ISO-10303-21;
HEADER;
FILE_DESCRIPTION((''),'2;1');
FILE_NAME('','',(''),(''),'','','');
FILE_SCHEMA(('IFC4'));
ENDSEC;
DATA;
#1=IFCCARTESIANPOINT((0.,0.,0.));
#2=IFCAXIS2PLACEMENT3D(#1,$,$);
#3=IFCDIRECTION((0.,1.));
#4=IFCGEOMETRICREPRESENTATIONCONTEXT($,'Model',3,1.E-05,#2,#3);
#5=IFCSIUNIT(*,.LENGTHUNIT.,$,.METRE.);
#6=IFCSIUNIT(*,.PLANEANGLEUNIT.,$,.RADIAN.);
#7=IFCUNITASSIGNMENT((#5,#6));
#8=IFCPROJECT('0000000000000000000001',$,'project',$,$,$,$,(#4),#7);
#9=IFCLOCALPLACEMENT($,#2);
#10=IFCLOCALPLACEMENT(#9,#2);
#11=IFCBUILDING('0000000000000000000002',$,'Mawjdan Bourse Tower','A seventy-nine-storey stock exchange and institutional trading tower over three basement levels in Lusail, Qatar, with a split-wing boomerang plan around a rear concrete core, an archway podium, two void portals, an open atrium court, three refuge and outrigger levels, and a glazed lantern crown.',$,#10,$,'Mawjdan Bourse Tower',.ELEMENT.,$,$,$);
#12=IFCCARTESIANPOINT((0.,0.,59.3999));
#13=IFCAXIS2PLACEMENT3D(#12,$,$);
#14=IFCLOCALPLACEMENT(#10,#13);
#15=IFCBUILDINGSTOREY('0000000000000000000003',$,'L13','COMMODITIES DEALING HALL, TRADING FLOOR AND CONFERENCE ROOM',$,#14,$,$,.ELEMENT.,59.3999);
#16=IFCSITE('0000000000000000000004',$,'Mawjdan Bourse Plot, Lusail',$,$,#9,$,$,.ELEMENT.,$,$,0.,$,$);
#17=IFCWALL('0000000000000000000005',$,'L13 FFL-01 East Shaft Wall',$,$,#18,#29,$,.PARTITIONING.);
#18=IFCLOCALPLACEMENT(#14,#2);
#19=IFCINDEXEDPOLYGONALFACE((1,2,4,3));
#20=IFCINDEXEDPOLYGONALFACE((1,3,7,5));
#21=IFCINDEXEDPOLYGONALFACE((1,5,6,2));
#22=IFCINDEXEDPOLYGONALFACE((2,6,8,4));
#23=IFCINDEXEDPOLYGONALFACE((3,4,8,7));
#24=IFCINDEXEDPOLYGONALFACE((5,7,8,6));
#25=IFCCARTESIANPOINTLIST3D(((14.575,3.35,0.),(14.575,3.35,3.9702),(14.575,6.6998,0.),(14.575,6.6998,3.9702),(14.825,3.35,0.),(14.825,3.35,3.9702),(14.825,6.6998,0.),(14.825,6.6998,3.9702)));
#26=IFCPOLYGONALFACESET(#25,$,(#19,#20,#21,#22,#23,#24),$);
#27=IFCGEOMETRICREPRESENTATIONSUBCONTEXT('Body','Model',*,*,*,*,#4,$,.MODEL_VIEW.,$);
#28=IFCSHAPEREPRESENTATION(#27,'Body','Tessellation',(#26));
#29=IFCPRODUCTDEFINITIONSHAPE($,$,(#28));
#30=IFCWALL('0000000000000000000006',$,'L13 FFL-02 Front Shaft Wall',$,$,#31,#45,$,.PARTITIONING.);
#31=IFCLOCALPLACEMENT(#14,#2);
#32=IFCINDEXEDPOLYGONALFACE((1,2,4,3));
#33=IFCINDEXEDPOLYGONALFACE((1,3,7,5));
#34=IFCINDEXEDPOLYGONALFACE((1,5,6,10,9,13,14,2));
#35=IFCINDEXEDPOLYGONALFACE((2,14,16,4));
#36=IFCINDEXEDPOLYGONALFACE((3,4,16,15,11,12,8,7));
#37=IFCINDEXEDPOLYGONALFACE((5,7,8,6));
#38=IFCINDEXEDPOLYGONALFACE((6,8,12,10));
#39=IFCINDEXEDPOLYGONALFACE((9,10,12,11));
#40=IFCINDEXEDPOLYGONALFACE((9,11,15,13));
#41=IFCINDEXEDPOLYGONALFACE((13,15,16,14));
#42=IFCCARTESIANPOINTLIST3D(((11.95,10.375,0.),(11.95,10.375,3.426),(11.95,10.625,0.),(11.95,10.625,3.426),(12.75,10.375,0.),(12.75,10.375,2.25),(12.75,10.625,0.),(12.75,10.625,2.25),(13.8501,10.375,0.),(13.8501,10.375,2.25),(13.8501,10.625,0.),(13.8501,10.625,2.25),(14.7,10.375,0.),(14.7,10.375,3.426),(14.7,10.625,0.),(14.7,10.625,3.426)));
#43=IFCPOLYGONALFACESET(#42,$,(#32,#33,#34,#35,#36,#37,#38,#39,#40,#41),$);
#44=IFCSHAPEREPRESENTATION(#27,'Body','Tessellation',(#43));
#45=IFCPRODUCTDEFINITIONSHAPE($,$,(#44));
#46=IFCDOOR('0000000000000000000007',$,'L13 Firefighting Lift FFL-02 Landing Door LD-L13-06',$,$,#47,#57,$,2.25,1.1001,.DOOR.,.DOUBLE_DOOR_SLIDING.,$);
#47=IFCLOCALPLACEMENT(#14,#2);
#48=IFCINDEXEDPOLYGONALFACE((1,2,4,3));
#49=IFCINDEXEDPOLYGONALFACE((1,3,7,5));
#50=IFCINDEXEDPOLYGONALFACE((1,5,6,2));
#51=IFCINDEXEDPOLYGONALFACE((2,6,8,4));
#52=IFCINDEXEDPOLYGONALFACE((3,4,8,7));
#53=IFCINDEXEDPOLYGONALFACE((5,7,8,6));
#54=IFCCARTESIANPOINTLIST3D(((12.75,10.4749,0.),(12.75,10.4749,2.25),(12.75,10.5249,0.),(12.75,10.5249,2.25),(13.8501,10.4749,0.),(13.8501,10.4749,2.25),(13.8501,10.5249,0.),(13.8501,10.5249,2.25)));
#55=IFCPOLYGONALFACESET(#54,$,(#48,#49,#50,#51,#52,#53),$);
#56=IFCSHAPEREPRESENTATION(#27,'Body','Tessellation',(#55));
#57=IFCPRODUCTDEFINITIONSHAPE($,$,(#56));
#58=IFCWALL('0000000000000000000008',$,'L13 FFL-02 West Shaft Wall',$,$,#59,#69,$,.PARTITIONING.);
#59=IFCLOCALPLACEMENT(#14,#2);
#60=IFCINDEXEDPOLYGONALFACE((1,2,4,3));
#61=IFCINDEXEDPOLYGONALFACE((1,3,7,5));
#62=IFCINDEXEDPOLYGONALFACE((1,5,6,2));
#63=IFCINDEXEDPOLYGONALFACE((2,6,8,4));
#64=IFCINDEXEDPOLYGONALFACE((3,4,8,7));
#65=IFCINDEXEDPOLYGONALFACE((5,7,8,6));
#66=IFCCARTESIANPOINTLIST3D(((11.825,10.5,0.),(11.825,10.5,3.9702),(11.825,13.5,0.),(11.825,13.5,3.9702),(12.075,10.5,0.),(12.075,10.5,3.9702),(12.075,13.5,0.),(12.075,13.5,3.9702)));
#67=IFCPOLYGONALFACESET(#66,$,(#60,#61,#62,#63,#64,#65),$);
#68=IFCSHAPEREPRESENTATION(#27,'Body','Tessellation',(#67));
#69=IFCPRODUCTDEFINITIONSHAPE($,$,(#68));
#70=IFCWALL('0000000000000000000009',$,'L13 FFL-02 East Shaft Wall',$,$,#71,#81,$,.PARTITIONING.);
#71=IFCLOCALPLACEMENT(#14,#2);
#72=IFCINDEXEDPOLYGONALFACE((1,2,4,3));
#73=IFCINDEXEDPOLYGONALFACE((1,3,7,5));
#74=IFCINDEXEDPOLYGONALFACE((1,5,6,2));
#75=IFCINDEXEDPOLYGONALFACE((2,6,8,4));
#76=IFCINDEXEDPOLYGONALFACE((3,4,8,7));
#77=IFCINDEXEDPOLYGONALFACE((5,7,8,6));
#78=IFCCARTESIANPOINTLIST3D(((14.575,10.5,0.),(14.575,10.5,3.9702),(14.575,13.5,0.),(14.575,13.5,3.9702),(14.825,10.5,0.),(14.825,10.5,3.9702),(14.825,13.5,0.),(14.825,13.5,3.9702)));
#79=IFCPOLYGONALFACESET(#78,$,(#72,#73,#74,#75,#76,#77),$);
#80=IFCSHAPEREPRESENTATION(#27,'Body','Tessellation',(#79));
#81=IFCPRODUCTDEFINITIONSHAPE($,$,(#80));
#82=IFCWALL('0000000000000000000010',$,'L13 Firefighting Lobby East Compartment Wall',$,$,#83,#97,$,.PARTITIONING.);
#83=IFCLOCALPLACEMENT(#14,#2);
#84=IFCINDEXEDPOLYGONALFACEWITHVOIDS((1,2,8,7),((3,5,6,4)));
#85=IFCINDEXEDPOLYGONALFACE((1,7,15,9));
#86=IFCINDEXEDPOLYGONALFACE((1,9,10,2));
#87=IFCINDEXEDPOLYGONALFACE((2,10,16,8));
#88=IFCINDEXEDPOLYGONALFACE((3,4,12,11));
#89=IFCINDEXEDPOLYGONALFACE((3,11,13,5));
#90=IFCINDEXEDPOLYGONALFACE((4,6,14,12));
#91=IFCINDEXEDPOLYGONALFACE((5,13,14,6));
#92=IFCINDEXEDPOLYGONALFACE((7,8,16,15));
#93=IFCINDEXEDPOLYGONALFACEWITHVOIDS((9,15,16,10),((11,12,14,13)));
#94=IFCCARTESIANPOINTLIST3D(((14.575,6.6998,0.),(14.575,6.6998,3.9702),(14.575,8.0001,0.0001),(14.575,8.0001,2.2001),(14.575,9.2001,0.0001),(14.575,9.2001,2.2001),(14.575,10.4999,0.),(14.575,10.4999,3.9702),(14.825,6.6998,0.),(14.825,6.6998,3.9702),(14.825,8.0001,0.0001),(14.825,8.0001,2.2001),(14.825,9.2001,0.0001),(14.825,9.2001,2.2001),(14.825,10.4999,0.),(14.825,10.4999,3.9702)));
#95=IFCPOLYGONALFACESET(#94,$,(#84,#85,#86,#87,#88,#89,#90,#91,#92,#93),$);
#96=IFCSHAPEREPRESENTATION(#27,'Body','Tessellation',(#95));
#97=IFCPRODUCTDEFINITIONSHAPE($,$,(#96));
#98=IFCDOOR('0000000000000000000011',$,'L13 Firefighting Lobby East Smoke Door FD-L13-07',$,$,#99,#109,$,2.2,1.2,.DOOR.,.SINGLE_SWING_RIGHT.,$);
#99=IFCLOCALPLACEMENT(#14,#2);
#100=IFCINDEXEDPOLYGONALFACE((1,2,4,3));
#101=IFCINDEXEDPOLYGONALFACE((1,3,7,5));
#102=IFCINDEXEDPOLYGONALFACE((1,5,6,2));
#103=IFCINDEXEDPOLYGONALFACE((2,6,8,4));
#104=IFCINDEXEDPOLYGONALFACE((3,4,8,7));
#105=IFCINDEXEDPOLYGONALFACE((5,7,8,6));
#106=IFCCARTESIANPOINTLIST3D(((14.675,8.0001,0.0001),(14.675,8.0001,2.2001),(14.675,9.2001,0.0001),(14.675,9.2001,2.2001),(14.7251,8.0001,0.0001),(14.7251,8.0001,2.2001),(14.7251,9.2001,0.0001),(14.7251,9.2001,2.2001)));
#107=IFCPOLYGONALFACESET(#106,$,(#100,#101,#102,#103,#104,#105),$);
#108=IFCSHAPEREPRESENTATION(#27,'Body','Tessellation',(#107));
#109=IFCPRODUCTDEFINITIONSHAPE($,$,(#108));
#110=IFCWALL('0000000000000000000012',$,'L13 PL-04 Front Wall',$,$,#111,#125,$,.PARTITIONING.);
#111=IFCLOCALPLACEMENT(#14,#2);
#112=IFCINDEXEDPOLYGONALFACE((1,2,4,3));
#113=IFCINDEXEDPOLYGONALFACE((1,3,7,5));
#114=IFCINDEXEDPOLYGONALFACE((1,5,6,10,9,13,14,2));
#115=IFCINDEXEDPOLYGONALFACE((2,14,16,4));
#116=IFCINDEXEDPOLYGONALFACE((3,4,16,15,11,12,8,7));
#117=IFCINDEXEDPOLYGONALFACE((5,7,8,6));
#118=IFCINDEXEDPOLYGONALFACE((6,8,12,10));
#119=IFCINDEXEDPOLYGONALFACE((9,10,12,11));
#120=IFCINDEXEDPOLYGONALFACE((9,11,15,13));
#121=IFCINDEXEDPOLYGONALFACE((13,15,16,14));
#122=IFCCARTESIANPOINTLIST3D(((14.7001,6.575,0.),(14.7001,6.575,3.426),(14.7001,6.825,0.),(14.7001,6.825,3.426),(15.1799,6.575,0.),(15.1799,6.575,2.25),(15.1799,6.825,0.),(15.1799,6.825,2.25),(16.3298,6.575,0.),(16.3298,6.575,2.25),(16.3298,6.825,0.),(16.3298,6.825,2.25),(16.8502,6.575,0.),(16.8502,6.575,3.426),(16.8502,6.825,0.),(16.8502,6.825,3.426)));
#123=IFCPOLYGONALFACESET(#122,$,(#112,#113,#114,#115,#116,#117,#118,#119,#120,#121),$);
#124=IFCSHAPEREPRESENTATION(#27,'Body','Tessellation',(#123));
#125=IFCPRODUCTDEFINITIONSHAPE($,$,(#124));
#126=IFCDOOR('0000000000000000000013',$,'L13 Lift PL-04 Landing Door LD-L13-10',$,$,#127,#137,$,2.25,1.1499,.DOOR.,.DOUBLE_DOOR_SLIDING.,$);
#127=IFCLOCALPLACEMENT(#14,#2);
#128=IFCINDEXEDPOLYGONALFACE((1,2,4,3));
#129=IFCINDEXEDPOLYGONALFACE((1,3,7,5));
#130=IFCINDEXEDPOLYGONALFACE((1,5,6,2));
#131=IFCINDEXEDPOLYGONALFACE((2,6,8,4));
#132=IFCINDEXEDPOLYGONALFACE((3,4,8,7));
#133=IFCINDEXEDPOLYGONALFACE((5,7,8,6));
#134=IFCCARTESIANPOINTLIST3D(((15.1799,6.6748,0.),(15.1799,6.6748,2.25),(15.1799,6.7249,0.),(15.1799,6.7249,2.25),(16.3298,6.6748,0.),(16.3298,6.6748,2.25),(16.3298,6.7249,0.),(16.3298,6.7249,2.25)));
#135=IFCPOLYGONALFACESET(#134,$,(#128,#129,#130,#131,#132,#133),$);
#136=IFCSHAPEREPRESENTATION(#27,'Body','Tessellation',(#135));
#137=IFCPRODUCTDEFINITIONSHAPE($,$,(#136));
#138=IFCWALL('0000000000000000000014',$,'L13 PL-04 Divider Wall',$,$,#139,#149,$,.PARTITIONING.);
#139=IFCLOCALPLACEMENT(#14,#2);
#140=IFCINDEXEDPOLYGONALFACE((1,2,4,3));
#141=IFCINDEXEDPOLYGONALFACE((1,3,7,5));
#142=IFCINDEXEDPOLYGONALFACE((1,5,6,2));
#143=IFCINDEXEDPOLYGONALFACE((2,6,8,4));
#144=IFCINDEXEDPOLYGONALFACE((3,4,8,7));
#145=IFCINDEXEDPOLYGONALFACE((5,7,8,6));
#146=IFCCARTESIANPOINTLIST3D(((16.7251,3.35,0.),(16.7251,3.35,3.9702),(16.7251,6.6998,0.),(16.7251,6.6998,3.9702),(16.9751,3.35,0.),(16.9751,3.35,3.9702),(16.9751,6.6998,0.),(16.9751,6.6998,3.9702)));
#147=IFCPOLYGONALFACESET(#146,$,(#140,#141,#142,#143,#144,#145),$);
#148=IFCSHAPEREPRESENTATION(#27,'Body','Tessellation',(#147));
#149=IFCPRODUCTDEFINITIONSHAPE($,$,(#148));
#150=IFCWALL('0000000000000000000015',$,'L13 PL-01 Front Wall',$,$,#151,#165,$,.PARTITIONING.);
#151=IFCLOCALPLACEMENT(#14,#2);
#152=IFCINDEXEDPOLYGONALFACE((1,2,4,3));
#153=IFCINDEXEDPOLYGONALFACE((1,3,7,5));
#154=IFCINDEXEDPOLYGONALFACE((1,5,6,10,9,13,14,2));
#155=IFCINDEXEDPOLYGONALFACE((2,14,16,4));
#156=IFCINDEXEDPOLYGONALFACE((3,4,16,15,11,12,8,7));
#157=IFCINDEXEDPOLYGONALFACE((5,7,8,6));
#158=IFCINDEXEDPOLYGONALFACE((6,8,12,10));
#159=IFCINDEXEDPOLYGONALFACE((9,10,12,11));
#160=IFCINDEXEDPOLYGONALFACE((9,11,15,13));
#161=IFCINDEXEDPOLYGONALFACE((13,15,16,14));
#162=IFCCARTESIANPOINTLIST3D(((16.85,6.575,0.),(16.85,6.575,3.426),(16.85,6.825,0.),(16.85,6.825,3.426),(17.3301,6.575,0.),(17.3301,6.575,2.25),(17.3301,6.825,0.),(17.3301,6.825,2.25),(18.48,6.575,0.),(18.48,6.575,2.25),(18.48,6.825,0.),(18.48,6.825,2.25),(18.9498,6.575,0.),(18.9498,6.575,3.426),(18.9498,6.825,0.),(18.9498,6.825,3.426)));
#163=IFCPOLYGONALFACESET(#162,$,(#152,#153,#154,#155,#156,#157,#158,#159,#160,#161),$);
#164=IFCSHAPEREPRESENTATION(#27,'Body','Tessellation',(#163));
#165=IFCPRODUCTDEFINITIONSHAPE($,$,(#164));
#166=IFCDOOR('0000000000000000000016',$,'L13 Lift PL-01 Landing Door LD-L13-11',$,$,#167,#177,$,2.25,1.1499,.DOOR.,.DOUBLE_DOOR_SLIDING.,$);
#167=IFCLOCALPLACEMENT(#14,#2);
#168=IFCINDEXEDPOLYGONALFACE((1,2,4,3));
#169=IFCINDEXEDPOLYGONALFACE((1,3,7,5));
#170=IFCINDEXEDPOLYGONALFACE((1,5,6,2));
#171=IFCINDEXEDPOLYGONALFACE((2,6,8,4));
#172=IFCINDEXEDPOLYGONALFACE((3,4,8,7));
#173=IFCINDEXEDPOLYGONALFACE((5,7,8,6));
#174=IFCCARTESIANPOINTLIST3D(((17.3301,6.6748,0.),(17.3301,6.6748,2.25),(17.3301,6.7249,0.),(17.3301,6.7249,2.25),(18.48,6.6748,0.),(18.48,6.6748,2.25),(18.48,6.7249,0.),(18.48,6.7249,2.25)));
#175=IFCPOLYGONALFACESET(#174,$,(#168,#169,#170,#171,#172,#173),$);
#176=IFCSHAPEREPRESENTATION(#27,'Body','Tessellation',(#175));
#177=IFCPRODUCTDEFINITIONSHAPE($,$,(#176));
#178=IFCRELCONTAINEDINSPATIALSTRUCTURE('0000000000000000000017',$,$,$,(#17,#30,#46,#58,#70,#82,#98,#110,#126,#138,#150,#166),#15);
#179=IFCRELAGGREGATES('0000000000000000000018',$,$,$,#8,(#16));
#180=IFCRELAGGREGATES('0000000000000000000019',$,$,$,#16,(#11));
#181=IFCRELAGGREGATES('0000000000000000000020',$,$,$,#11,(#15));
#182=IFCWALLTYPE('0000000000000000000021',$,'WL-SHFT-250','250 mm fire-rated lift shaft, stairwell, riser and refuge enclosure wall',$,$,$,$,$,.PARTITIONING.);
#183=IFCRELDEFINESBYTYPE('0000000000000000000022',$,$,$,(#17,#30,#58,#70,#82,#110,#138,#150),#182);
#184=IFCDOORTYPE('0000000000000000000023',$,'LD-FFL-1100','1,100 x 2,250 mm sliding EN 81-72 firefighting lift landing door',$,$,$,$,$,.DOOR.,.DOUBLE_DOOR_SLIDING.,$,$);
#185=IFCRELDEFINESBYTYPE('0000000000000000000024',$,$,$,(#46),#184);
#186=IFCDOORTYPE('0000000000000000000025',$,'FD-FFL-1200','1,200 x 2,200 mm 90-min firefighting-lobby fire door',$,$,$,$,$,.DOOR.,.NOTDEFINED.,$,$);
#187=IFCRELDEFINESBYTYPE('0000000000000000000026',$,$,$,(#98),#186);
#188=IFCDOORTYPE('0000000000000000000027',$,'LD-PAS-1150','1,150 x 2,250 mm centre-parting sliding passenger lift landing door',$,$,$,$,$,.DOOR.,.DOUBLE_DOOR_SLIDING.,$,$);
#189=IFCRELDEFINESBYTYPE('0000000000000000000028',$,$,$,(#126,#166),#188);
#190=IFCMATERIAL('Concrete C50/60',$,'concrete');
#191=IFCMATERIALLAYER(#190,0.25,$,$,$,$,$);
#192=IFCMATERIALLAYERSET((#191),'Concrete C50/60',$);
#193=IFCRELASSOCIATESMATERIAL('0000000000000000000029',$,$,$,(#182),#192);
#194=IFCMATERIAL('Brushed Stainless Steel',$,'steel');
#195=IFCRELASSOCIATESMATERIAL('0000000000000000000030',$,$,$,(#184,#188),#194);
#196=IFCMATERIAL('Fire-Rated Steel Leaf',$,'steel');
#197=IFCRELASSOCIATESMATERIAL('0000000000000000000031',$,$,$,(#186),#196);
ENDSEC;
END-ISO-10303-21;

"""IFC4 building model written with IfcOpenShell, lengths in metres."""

from ifc_helpers import new_model, si_unit, direction, frame, frame_2d, origin, place, context, subcontext, project, spatial, rectangle, extrude, material, layer, layer_set, type_object, element, fill, save


model = new_model("IFC4")

# Units and contexts
model_context = context("Model", 3, precision=1e-05, world=origin(), true_north=direction((0.0, 1.0)))
body_context = subcontext(model_context, "Body", "Model", "MODEL_VIEW")
ifc_project = project(units=[si_unit("LENGTHUNIT", "METRE"), si_unit("PLANEANGLEUNIT", "RADIAN")], contexts=[model_context])

# Site, building, storey
site_placement = place(None, origin())
site = spatial("IfcSite", under=ifc_project, at=site_placement, Name="Mawjdan Bourse Plot, Lusail", CompositionType="ELEMENT", RefElevation=0.0)
building_placement = place(site_placement, origin())
building = spatial("IfcBuilding", under=site, at=building_placement, Name="Mawjdan Bourse Tower", Description="A seventy-nine-storey stock exchange and institutional trading tower over three basement levels in Lusail, Qatar, with a split-wing boomerang plan around a rear concrete core, an archway podium, two void portals, an open atrium court, three refuge and outrigger levels, and a glazed lantern crown.", LongName="Mawjdan Bourse Tower", CompositionType="ELEMENT")
storey_placement = place(building_placement, frame((0.0, 0.0, 59.3999)))
storey = spatial("IfcBuildingStorey", under=building, at=storey_placement, Name="L13", Description="COMMODITIES DEALING HALL, TRADING FLOOR AND CONFERENCE ROOM", CompositionType="ELEMENT", Elevation=59.3999)

# Shared definitions
ifc_material_1 = material(Name="Concrete C50/60", Category="concrete")
ifc_layer = layer(ifc_material_1, 0.25)
ifc_layer_set = layer_set([ifc_layer], Name="Concrete C50/60")
wall_type = type_object("IfcWallType", Name="WL-SHFT-250", Description="250 mm fire-rated lift shaft, stairwell, riser and refuge enclosure wall", PredefinedType="PARTITIONING", material=ifc_layer_set)

# Shared definitions
ifc_material_2 = material(Name="Brushed Stainless Steel", Category="steel")
door_type_1 = type_object("IfcDoorType", Name="LD-FFL-1100", Description="1,100 x 2,250 mm sliding EN 81-72 firefighting lift landing door", OperationType="DOUBLE_DOOR_SLIDING", PredefinedType="DOOR", material=ifc_material_2)

# Wall
wall_1_placement = place(storey_placement, frame((14.7, 3.3501, 0.0), z_axis=(0.0, 0.0, 1.0), x_axis=(0.0, 1.0, 0.0)))
element("IfcWall", 1, at=wall_1_placement, inside=storey, type_object=wall_type, Name="L13 FFL-01 East Shaft Wall", PredefinedType="PARTITIONING", context=body_context, shape_type="SweptSolid", body=[
    extrude(rectangle(XDim=3.3499, YDim=0.25, at=frame_2d((1.6748, 0.0))), origin(), (0.0, 0.0, 1.0), 3.9702),
])

# Wall, opening, door
wall_2_placement = place(storey_placement, frame((11.95, 10.5, 0.0), z_axis=(0.0, 0.0, 1.0), x_axis=(1.0, 0.0, 0.0)))
wall_2 = element("IfcWall", 2, at=wall_2_placement, inside=storey, type_object=wall_type, Name="L13 FFL-02 Front Shaft Wall", PredefinedType="PARTITIONING", context=body_context, shape_type="SweptSolid", body=[
    extrude(rectangle(XDim=2.75, YDim=0.25, at=frame_2d((1.375, 0.0))), origin(), (0.0, 0.0, 1.0), 3.426),
])
opening_1_placement = place(wall_2_placement, frame((0.8, 0.0, 0.0)))
opening_1 = element("IfcOpeningElement", 3, at=opening_1_placement, cuts=wall_2, PredefinedType="OPENING", context=body_context, shape_type="SweptSolid", body=[
    extrude(rectangle(XDim=1.1001, YDim=2.25, at=frame_2d((0.55, 1.125))), frame((0.0, 0.135, 0.0), z_axis=(0.0, -1.0, 0.0), x_axis=(1.0, 0.0, 0.0)), (0.0, 0.0, 1.0), 0.27),
])
door_1_placement = place(opening_1_placement, origin())
door_1 = element("IfcDoor", 4, at=door_1_placement, inside=storey, type_object=door_type_1, Name="L13 Firefighting Lift FFL-02 Landing Door LD-L13-06", OperationType="DOUBLE_DOOR_SLIDING", OverallHeight=2.25, OverallWidth=1.1001, PredefinedType="DOOR", context=body_context, shape_type="SweptSolid", body=[
    extrude(rectangle(XDim=1.1001, YDim=2.25, at=frame_2d((0.55, 1.125))), frame((0.0, 0.0249, 0.0), z_axis=(0.0, -1.0, 0.0), x_axis=(1.0, 0.0, 0.0)), (0.0, 0.0, 1.0), 0.05),
])
fill(opening_1, door_1)

# Walls
for number, where, z_axis, x_axis, name in (
    (5, (11.95, 10.5, 0.0), (0.0, 0.0, 1.0), (0.0, 1.0, 0.0), "L13 FFL-02 West Shaft Wall"),
    (6, (14.7, 10.5, 0.0), (0.0, 0.0, 1.0), (0.0, 1.0, 0.0), "L13 FFL-02 East Shaft Wall"),
):
    element("IfcWall", number, at=place(storey_placement, frame(where, z_axis=z_axis, x_axis=x_axis)), inside=storey, type_object=wall_type, Name=name, PredefinedType="PARTITIONING", context=body_context, shape_type="SweptSolid", body=[
        extrude(rectangle(XDim=3.0, YDim=0.25, at=frame_2d((1.5, 0.0))), origin(), (0.0, 0.0, 1.0), 3.9702),
    ])

# Walls, openings, doors
wall_3_placement = place(storey_placement, frame((14.7, 6.7, 0.0), z_axis=(0.0, 0.0, 1.0), x_axis=(0.0, 1.0, 0.0)))
wall_3 = element("IfcWall", 7, at=wall_3_placement, inside=storey, type_object=wall_type, Name="L13 Firefighting Lobby East Compartment Wall", PredefinedType="PARTITIONING", context=body_context, shape_type="SweptSolid", body=[
    extrude(rectangle(XDim=3.8, YDim=0.25, at=frame_2d((1.8999, 0.0))), origin(), (0.0, 0.0, 1.0), 3.9702),
])
opening_2_placement = place(wall_3_placement, frame((1.3, 0.0, 0.0)))
opening_2 = element("IfcOpeningElement", 8, at=opening_2_placement, cuts=wall_3, PredefinedType="OPENING", context=body_context, shape_type="SweptSolid", body=[
    extrude(rectangle(XDim=1.2, YDim=2.2, at=frame_2d((0.6001, 1.1001))), frame((0.0, 0.135, 0.0), z_axis=(0.0, -1.0, 0.0), x_axis=(1.0, 0.0, 0.0)), (0.0, 0.0, 1.0), 0.27),
])
ifc_material_3 = material(Name="Fire-Rated Steel Leaf", Category="steel")
door_type_2 = type_object("IfcDoorType", Name="FD-FFL-1200", Description="1,200 x 2,200 mm 90-min firefighting-lobby fire door", OperationType="NOTDEFINED", PredefinedType="DOOR", material=ifc_material_3)
door_2_placement = place(opening_2_placement, origin())
door_2 = element("IfcDoor", 9, at=door_2_placement, inside=storey, type_object=door_type_2, Name="L13 Firefighting Lobby East Smoke Door FD-L13-07", OperationType="SINGLE_SWING_RIGHT", OverallHeight=2.2, OverallWidth=1.2, PredefinedType="DOOR", context=body_context, shape_type="SweptSolid", body=[
    extrude(rectangle(XDim=1.2, YDim=2.2, at=frame_2d((0.6001, 1.1001))), frame((0.0, 0.0249, 0.0), z_axis=(0.0, -1.0, 0.0), x_axis=(1.0, 0.0, 0.0)), (0.0, 0.0, 1.0), 0.05),
])
fill(opening_2, door_2)
wall_4_placement = place(storey_placement, frame((14.7, 6.7, 0.0), z_axis=(0.0, 0.0, 1.0), x_axis=(1.0, 0.0, 0.0)))
wall_4 = element("IfcWall", 10, at=wall_4_placement, inside=storey, type_object=wall_type, Name="L13 PL-04 Front Wall", PredefinedType="PARTITIONING", context=body_context, shape_type="SweptSolid", body=[
    extrude(rectangle(XDim=2.1501, YDim=0.25, at=frame_2d((1.0752, 0.0))), origin(), (0.0, 0.0, 1.0), 3.426),
])
opening_3_placement = place(wall_4_placement, frame((0.48, 0.0, 0.0)))
opening_3 = element("IfcOpeningElement", 11, at=opening_3_placement, cuts=wall_4, PredefinedType="OPENING", context=body_context, shape_type="SweptSolid", body=[
    extrude(rectangle(XDim=1.1499, YDim=2.25, at=frame_2d((0.575, 1.125))), frame((0.0, 0.135, 0.0), z_axis=(0.0, -1.0, 0.0), x_axis=(1.0, 0.0, 0.0)), (0.0, 0.0, 1.0), 0.27),
])
door_type_3 = type_object("IfcDoorType", Name="LD-PAS-1150", Description="1,150 x 2,250 mm centre-parting sliding passenger lift landing door", OperationType="DOUBLE_DOOR_SLIDING", PredefinedType="DOOR", material=ifc_material_2)
door_3_placement = place(opening_3_placement, origin())
door_3 = element("IfcDoor", 12, at=door_3_placement, inside=storey, type_object=door_type_3, Name="L13 Lift PL-04 Landing Door LD-L13-10", OperationType="DOUBLE_DOOR_SLIDING", OverallHeight=2.25, OverallWidth=1.1499, PredefinedType="DOOR", context=body_context, shape_type="SweptSolid", body=[
    extrude(rectangle(XDim=1.1499, YDim=2.25, at=frame_2d((0.575, 1.125))), frame((0.0, 0.0249, 0.0), z_axis=(0.0, -1.0, 0.0), x_axis=(1.0, 0.0, 0.0)), (0.0, 0.0, 1.0), 0.05),
])
fill(opening_3, door_3)

# Wall
wall_5_placement = place(storey_placement, frame((16.8501, 3.3501, 0.0), z_axis=(0.0, 0.0, 1.0), x_axis=(0.0, 1.0, 0.0)))
element("IfcWall", 13, at=wall_5_placement, inside=storey, type_object=wall_type, Name="L13 PL-04 Divider Wall", PredefinedType="PARTITIONING", context=body_context, shape_type="SweptSolid", body=[
    extrude(rectangle(XDim=3.3499, YDim=0.25, at=frame_2d((1.6748, 0.0))), origin(), (0.0, 0.0, 1.0), 3.9702),
])

# Wall, opening, door
wall_6_placement = place(storey_placement, frame((16.8501, 6.7, 0.0), z_axis=(0.0, 0.0, 1.0), x_axis=(1.0, 0.0, 0.0)))
wall_6 = element("IfcWall", 14, at=wall_6_placement, inside=storey, type_object=wall_type, Name="L13 PL-01 Front Wall", PredefinedType="PARTITIONING", context=body_context, shape_type="SweptSolid", body=[
    extrude(rectangle(XDim=2.0999, YDim=0.25, at=frame_2d((1.0498, 0.0))), origin(), (0.0, 0.0, 1.0), 3.426),
])
opening_4_placement = place(wall_6_placement, frame((0.48, 0.0, 0.0)))
opening_4 = element("IfcOpeningElement", 15, at=opening_4_placement, cuts=wall_6, PredefinedType="OPENING", context=body_context, shape_type="SweptSolid", body=[
    extrude(rectangle(XDim=1.1499, YDim=2.25, at=frame_2d((0.575, 1.125))), frame((0.0, 0.135, 0.0), z_axis=(0.0, -1.0, 0.0), x_axis=(1.0, 0.0, 0.0)), (0.0, 0.0, 1.0), 0.27),
])
door_4_placement = place(opening_4_placement, origin())
door_4 = element("IfcDoor", 16, at=door_4_placement, inside=storey, type_object=door_type_3, Name="L13 Lift PL-01 Landing Door LD-L13-11", OperationType="DOUBLE_DOOR_SLIDING", OverallHeight=2.25, OverallWidth=1.1499, PredefinedType="DOOR", context=body_context, shape_type="SweptSolid", body=[
    extrude(rectangle(XDim=1.1499, YDim=2.25, at=frame_2d((0.575, 1.125))), frame((0.0, 0.0249, 0.0), z_axis=(0.0, -1.0, 0.0), x_axis=(1.0, 0.0, 0.0)), (0.0, 0.0, 1.0), 0.05),
])
fill(opening_4, door_4)

save(model, "model.ifc")
